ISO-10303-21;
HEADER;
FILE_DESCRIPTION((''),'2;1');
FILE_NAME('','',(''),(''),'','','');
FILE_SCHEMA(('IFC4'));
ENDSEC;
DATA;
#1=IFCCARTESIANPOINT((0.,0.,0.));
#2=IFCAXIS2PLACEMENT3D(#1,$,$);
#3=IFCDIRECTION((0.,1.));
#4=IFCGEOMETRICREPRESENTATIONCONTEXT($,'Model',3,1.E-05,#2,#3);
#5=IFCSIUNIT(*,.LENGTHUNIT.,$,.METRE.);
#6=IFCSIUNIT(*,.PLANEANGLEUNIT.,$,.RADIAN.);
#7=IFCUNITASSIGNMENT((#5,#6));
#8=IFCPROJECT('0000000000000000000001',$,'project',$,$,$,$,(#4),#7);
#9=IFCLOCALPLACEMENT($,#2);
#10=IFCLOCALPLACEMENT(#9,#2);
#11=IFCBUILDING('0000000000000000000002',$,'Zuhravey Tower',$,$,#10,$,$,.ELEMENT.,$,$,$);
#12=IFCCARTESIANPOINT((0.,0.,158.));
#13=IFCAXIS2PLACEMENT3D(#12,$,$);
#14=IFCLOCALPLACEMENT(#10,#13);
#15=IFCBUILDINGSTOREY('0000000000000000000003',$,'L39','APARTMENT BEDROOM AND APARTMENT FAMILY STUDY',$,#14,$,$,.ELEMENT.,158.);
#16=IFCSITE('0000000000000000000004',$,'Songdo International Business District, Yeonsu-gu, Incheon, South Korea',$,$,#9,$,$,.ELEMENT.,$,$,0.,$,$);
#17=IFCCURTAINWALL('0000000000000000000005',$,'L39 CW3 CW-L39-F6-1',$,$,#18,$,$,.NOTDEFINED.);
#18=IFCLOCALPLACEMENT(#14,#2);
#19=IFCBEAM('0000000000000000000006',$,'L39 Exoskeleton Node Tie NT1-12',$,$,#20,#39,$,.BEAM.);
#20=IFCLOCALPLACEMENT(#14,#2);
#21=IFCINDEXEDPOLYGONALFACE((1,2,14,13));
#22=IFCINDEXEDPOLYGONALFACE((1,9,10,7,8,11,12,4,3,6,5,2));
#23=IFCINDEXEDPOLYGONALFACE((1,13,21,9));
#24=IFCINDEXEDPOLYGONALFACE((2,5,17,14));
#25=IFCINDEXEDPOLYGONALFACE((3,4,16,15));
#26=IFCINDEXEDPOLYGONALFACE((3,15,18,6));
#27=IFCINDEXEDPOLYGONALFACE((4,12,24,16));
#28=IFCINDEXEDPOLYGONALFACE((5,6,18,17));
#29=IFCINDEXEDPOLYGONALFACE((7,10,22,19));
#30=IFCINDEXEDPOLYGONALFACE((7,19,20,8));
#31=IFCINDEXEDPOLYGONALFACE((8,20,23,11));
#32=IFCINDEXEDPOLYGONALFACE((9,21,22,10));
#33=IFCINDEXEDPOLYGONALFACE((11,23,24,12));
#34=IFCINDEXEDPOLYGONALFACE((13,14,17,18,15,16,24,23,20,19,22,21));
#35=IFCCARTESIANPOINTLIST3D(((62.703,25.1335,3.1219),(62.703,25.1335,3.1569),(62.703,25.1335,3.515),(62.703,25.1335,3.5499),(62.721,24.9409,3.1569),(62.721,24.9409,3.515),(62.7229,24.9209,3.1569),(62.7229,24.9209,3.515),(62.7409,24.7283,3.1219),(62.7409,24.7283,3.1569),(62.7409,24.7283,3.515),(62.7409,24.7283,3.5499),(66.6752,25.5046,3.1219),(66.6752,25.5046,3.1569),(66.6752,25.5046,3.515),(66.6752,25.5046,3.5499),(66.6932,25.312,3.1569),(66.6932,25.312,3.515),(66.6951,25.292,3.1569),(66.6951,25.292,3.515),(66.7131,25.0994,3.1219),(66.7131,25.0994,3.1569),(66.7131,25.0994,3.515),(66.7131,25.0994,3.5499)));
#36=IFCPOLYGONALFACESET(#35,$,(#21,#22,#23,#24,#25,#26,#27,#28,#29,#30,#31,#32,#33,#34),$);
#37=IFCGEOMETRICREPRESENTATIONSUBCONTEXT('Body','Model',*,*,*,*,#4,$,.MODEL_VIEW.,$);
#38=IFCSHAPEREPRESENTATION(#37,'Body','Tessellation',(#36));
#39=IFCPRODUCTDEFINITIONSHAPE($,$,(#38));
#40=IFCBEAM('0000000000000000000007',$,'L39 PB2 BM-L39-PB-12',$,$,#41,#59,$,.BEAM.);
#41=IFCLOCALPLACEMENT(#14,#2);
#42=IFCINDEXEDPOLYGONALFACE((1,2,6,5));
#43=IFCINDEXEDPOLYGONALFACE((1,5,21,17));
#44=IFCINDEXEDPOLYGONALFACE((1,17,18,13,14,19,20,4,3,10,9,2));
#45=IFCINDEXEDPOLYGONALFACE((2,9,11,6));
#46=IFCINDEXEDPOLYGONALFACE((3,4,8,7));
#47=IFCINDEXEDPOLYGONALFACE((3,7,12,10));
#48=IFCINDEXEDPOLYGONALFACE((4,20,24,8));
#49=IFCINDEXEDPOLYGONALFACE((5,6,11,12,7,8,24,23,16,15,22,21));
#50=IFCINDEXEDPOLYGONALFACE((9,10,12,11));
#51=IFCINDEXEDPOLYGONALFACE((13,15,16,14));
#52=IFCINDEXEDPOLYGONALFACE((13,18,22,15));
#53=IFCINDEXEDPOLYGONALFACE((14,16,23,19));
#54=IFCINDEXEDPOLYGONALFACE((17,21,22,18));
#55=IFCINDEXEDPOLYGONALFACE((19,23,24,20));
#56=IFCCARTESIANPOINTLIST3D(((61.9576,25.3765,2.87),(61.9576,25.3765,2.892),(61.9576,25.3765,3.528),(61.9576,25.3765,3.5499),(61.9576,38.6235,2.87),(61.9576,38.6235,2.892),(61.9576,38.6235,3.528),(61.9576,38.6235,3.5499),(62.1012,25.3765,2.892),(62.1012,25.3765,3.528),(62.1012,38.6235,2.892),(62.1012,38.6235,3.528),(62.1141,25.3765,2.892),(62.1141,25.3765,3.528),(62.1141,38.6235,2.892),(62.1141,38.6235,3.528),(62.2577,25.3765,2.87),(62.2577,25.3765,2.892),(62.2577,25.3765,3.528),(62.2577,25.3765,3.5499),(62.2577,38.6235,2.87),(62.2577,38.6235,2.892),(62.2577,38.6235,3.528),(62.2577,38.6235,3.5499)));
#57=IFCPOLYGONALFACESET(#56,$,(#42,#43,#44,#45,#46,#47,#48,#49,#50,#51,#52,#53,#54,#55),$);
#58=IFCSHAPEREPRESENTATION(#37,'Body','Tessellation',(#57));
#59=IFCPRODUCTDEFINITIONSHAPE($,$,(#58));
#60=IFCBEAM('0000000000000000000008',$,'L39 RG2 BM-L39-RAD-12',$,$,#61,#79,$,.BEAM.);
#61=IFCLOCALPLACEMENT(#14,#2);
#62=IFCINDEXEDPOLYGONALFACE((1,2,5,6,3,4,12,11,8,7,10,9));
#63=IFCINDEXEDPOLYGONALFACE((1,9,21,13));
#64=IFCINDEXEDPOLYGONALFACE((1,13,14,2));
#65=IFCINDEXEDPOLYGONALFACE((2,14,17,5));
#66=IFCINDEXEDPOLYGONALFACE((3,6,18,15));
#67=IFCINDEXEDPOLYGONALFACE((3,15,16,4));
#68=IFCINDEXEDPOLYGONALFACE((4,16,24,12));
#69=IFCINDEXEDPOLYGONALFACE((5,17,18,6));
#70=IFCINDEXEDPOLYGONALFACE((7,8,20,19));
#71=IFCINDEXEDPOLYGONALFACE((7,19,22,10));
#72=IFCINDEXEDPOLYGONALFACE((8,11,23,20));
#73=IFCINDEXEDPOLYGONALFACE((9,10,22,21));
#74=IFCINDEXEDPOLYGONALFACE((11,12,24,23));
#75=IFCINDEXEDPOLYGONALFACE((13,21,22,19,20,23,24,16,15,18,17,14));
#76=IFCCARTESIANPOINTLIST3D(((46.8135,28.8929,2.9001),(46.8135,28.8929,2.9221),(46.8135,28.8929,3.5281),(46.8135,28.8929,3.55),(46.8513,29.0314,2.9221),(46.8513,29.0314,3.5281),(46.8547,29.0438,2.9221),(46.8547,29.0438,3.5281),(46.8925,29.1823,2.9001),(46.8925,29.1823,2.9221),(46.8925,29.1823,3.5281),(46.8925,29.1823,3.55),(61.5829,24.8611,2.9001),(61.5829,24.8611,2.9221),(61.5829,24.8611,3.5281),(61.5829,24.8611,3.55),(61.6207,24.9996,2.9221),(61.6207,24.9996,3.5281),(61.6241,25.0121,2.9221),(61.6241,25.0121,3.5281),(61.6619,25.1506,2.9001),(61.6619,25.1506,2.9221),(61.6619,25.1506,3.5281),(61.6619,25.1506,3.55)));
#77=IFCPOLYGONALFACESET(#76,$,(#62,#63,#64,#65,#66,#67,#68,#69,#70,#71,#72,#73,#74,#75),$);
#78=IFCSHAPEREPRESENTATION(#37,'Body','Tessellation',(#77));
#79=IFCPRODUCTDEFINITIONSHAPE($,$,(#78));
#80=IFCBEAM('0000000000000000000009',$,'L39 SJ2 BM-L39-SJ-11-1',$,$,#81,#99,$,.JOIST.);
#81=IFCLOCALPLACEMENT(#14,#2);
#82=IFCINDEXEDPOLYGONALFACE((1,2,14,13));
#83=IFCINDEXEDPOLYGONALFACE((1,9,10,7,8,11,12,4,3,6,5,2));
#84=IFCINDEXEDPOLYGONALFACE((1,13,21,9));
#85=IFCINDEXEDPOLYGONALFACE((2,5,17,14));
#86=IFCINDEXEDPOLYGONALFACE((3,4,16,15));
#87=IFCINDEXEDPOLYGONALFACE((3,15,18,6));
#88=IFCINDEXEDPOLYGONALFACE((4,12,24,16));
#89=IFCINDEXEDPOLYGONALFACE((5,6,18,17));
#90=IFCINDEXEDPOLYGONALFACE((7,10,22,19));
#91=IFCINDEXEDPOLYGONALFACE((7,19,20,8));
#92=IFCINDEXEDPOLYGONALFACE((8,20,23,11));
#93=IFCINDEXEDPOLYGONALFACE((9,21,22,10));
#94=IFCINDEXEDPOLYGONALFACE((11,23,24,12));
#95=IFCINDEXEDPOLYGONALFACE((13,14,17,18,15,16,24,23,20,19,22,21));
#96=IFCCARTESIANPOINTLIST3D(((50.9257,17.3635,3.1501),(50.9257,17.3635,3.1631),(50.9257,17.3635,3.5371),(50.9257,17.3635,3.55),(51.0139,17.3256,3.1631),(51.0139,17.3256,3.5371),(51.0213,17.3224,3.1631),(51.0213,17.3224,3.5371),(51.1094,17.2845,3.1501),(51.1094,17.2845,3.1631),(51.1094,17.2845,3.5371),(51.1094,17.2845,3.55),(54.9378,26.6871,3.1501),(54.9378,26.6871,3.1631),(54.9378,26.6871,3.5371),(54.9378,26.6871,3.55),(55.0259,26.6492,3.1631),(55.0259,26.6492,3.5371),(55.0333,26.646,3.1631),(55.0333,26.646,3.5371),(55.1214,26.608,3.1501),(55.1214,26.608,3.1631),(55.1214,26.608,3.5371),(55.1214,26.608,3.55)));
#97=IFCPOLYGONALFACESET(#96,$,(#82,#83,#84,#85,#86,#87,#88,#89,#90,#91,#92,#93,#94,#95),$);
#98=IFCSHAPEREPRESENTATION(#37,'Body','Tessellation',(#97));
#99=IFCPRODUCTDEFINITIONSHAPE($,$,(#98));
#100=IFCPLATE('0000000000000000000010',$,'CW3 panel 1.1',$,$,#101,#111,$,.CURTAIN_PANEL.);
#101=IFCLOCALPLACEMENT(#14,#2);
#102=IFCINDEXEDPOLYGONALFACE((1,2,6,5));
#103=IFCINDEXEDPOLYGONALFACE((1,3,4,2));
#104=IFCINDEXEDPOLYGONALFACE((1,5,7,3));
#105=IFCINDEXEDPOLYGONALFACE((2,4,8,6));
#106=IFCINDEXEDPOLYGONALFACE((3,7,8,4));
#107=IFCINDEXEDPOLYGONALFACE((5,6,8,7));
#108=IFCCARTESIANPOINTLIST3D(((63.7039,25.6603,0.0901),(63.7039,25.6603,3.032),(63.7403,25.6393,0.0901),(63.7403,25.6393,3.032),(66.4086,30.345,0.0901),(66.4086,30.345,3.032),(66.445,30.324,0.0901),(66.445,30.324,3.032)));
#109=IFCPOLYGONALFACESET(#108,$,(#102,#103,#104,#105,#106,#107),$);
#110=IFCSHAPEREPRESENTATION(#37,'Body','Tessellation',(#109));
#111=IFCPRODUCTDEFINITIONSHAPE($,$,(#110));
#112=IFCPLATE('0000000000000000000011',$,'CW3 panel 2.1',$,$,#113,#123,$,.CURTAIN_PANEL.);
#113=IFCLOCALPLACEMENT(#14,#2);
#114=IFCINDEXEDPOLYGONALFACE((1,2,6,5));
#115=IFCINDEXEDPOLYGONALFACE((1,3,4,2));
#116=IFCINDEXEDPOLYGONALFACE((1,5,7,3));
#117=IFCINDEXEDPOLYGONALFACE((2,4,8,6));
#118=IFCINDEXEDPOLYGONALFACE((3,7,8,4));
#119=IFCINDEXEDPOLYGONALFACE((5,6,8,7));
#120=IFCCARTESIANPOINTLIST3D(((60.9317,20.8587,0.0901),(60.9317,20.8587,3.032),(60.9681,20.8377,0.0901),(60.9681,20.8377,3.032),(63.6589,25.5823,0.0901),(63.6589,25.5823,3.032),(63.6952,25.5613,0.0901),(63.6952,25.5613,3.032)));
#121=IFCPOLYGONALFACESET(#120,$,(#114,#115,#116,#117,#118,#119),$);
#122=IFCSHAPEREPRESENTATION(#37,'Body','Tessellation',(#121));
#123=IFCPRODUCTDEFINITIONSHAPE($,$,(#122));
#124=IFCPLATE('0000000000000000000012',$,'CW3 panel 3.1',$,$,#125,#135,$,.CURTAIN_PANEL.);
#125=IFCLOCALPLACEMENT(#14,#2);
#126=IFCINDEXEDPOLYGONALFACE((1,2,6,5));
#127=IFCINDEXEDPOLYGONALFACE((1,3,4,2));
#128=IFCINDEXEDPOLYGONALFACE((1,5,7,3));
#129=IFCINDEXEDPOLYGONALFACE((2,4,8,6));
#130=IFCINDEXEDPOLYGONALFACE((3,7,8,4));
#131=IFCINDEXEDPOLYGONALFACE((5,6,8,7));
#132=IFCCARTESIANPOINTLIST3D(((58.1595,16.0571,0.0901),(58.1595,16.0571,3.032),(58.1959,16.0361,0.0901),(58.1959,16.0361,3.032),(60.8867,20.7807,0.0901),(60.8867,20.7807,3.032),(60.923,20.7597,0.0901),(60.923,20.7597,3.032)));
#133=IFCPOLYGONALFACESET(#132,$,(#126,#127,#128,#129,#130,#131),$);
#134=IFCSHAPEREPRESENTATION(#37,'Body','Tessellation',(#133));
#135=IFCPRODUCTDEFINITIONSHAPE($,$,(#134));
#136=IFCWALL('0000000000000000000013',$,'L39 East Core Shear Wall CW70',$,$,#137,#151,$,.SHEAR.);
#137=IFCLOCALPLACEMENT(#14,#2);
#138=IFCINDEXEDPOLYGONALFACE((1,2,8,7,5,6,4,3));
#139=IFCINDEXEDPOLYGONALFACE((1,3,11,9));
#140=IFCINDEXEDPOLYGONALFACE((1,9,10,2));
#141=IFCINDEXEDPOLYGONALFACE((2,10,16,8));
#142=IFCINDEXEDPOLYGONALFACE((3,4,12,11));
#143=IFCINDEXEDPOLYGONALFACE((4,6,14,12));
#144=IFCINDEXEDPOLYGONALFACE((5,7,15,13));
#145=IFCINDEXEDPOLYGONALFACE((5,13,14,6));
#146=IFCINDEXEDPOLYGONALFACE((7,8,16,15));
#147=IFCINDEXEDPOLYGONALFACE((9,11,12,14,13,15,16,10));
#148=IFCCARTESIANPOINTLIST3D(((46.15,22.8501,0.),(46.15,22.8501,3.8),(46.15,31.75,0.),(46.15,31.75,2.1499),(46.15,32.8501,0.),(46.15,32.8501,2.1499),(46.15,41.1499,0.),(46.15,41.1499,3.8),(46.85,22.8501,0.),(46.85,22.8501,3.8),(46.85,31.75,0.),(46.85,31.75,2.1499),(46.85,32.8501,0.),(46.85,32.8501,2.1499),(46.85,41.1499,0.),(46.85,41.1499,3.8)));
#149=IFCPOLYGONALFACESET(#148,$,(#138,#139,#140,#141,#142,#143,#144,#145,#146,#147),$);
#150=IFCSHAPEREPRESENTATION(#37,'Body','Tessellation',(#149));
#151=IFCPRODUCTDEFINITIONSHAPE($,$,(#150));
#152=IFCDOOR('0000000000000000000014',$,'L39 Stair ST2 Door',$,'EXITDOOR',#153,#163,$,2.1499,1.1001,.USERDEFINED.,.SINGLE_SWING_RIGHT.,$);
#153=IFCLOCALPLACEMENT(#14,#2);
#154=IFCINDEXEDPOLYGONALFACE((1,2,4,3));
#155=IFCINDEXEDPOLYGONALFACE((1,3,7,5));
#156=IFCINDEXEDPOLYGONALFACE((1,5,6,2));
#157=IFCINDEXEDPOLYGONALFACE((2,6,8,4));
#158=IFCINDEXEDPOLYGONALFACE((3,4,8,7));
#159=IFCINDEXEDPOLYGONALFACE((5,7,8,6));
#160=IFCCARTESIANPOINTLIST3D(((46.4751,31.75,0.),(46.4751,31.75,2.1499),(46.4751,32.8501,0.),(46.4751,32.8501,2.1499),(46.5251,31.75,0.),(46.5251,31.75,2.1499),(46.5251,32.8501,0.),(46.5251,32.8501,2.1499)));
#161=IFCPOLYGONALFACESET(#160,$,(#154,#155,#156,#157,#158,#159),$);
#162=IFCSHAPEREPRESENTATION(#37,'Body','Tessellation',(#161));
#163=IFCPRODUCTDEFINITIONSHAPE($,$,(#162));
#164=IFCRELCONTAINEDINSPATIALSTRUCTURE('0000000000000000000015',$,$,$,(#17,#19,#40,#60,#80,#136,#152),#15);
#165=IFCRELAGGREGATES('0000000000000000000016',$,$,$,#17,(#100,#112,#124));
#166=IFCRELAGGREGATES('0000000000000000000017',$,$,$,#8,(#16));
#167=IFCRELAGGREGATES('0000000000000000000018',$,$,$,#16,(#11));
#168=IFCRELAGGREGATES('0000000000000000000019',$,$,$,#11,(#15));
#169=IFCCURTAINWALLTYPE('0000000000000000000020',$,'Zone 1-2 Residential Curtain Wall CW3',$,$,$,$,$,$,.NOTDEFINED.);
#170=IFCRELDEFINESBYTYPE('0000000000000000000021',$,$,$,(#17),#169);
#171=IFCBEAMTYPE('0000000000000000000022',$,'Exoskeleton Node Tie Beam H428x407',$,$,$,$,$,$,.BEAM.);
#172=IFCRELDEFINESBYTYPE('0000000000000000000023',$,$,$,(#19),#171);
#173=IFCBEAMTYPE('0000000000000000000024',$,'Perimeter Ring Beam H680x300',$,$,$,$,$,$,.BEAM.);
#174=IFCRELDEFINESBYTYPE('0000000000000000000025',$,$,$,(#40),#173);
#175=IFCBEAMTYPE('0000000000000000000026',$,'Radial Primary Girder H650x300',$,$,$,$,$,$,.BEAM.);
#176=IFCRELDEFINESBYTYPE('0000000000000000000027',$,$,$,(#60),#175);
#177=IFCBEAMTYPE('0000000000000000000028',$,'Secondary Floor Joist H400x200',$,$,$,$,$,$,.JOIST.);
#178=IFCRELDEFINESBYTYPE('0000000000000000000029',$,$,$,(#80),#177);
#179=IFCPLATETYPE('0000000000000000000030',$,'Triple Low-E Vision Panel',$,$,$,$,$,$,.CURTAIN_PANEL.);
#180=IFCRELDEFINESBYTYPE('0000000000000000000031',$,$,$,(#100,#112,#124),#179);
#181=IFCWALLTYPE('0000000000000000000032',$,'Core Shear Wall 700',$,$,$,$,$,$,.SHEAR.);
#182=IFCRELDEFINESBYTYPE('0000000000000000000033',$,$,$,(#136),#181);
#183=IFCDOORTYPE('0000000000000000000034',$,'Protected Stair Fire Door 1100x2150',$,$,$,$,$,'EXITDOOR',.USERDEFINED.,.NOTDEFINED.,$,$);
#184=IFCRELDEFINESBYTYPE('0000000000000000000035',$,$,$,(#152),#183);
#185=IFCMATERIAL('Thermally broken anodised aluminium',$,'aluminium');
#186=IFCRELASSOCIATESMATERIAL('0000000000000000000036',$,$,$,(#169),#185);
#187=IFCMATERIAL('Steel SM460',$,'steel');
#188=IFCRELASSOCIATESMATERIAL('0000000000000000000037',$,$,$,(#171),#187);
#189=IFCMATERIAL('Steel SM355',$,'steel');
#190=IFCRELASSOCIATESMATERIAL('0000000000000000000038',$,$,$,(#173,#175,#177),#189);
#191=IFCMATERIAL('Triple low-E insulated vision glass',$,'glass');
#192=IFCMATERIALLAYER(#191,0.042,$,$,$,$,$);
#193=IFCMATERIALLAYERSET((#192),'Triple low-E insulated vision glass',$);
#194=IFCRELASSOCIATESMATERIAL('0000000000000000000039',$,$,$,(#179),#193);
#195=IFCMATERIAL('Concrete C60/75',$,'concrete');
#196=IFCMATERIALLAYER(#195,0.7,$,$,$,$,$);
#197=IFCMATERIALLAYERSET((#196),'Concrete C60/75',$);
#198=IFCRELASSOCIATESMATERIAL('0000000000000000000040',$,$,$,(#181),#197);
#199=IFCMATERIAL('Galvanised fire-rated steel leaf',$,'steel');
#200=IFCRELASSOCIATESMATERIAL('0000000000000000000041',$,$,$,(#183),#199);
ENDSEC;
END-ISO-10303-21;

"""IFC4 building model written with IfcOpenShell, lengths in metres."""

from ifc_helpers import new_model, si_unit, direction, frame, frame_2d, origin, origin_2d, place, context, subcontext, project, spatial, rectangle, i_section, extrude, material, layer, layer_set, material_profile, profile_set, type_object, element, fill, aggregate, save


model = new_model("IFC4")

# Units and contexts
model_context = context("Model", 3, precision=1e-05, world=origin(), true_north=direction((0.0, 1.0)))
body_context = subcontext(model_context, "Body", "Model", "MODEL_VIEW")
ifc_project = project(units=[si_unit("LENGTHUNIT", "METRE"), si_unit("PLANEANGLEUNIT", "RADIAN")], contexts=[model_context])

# Site, building, storey
site_placement = place(None, origin())
site = spatial("IfcSite", under=ifc_project, at=site_placement, Name="Songdo International Business District, Yeonsu-gu, Incheon, South Korea", CompositionType="ELEMENT", RefElevation=0.0)
building_placement = place(site_placement, origin())
building = spatial("IfcBuilding", under=site, at=building_placement, Name="Zuhravey Tower", CompositionType="ELEMENT")
storey_placement = place(building_placement, frame((0.0, 0.0, 158.0)))
storey = spatial("IfcBuildingStorey", under=building, at=storey_placement, Name="L39", Description="APARTMENT BEDROOM AND APARTMENT FAMILY STUDY", CompositionType="ELEMENT", Elevation=158.0)

# Shared definitions
ifc_material_1 = material(Name="Concrete C60/75", Category="concrete")

# Curtain wall
ifc_material_2 = material(Name="Thermally broken anodised aluminium", Category="aluminium")
curtain_wall_type = type_object("IfcCurtainWallType", Name="Zone 1-2 Residential Curtain Wall CW3", PredefinedType="NOTDEFINED", material=ifc_material_2)
curtain_wall_placement = place(storey_placement, origin())
curtain_wall = element("IfcCurtainWall", 1, at=curtain_wall_placement, inside=storey, type_object=curtain_wall_type, Name="L39 CW3 CW-L39-F6-1", PredefinedType="NOTDEFINED")

# Beams
ifc_material_3 = material(Name="Steel SM460", Category="steel")
ifc_material_profile_1 = material_profile(ifc_material_3, i_section(OverallWidth=0.407, OverallDepth=0.428, WebThickness=0.02, FlangeThickness=0.0349, at=origin_2d()), Name="H-428x407x20x35")
ifc_profile_set_1 = profile_set([ifc_material_profile_1], Name="Steel SM460")
beam_type_1 = type_object("IfcBeamType", Name="Exoskeleton Node Tie Beam H428x407", PredefinedType="BEAM", material=ifc_profile_set_1)
beam_1_placement = place(storey_placement, frame((62.7219, 24.9309, 3.3359), z_axis=(0.995664, 0.093018, 0.0), x_axis=(-0.093018, 0.995664, 0.0)))
element("IfcBeam", 2, at=beam_1_placement, inside=storey, type_object=beam_type_1, Name="L39 Exoskeleton Node Tie NT1-12", PredefinedType="BEAM", context=body_context, shape_type="SweptSolid", body=[
    extrude(i_section(OverallWidth=0.407, OverallDepth=0.428, WebThickness=0.02, FlangeThickness=0.0349, at=origin_2d()), origin(), (0.0, 0.0, 1.0), 3.9895),
])
ifc_material_4 = material(Name="Steel SM355", Category="steel")
ifc_material_profile_2 = material_profile(ifc_material_4, i_section(OverallWidth=0.3, OverallDepth=0.6799, WebThickness=0.0129, FlangeThickness=0.022, at=origin_2d()), Name="H-680x300x13x22")
ifc_profile_set_2 = profile_set([ifc_material_profile_2], Name="Steel SM355")
beam_type_2 = type_object("IfcBeamType", Name="Perimeter Ring Beam H680x300", PredefinedType="BEAM", material=ifc_profile_set_2)
beam_2_placement = place(storey_placement, frame((62.1077, 25.3765, 3.21), z_axis=(0.0, 1.0, 0.0), x_axis=(-1.0, 0.0, 0.0)))
element("IfcBeam", 3, at=beam_2_placement, inside=storey, type_object=beam_type_2, Name="L39 PB2 BM-L39-PB-12", PredefinedType="BEAM", context=body_context, shape_type="SweptSolid", body=[
    extrude(i_section(OverallWidth=0.3, OverallDepth=0.6799, WebThickness=0.0129, FlangeThickness=0.022, at=origin_2d()), origin(), (0.0, 0.0, 1.0), 13.2471),
])
ifc_material_profile_3 = material_profile(ifc_material_4, i_section(OverallWidth=0.3, OverallDepth=0.6499, WebThickness=0.0129, FlangeThickness=0.022, at=origin_2d()), Name="H-650x300x13x22")
ifc_profile_set_3 = profile_set([ifc_material_profile_3], Name="Steel SM355")
beam_type_3 = type_object("IfcBeamType", Name="Radial Primary Girder H650x300", PredefinedType="BEAM", material=ifc_profile_set_3)
beam_3_placement = place(storey_placement, frame((46.853, 29.0376, 3.2251), z_axis=(0.964702, -0.263345, 0.0), x_axis=(0.263345, 0.964702, 0.0)))
element("IfcBeam", 4, at=beam_3_placement, inside=storey, type_object=beam_type_3, Name="L39 RG2 BM-L39-RAD-12", PredefinedType="BEAM", context=body_context, shape_type="SweptSolid", body=[
    extrude(i_section(OverallWidth=0.3, OverallDepth=0.6499, WebThickness=0.0129, FlangeThickness=0.022, at=origin_2d()), origin(), (0.0, 0.0, 1.0), 15.3098),
])
ifc_material_profile_4 = material_profile(ifc_material_4, i_section(OverallWidth=0.2, OverallDepth=0.3999, WebThickness=0.0081, FlangeThickness=0.0129, at=origin_2d()), Name="H-400x200x8x13")
ifc_profile_set_4 = profile_set([ifc_material_profile_4], Name="Steel SM355")
beam_type_4 = type_object("IfcBeamType", Name="Secondary Floor Joist H400x200", PredefinedType="JOIST", material=ifc_profile_set_4)
beam_4_placement = place(storey_placement, frame((51.0176, 17.324, 3.3501), z_axis=(0.395266, 0.918567, 0.0), x_axis=(-0.918567, 0.395266, 0.0)))
element("IfcBeam", 5, at=beam_4_placement, inside=storey, type_object=beam_type_4, Name="L39 SJ2 BM-L39-SJ-11-1", PredefinedType="JOIST", context=body_context, shape_type="SweptSolid", body=[
    extrude(i_section(OverallWidth=0.2, OverallDepth=0.3999, WebThickness=0.0081, FlangeThickness=0.0129, at=origin_2d()), origin(), (0.0, 0.0, 1.0), 10.1501),
])

# Plates
ifc_material_5 = material(Name="Triple low-E insulated vision glass", Category="glass")
ifc_layer_1 = layer(ifc_material_5, 0.042)
ifc_layer_set_1 = layer_set([ifc_layer_1], Name="Triple low-E insulated vision glass")
plate_type = type_object("IfcPlateType", Name="Triple Low-E Vision Panel", PredefinedType="CURTAIN_PANEL", material=ifc_layer_set_1)
plate_1_placement = place(storey_placement, frame((65.0745, 27.9922, 0.0901), z_axis=(0.0, 0.0, 1.0), x_axis=(-0.5, -0.866025, 0.0)))
plate_1 = element("IfcPlate", 6, at=plate_1_placement, type_object=plate_type, Name="CW3 panel 1.1", PredefinedType="CURTAIN_PANEL", context=body_context, shape_type="SweptSolid", body=[
    extrude(rectangle(XDim=5.4094, YDim=0.042, at=origin_2d()), origin(), (0.0, 0.0, 1.0), 2.9419),
])
plate_2_placement = place(storey_placement, frame((62.3135, 23.21, 0.0901), z_axis=(0.0, 0.0, 1.0), x_axis=(-0.5, -0.866025, 0.0)))
plate_2 = element("IfcPlate", 7, at=plate_2_placement, type_object=plate_type, Name="CW3 panel 2.1", PredefinedType="CURTAIN_PANEL", context=body_context, shape_type="SweptSolid", body=[
    extrude(rectangle(XDim=5.4543, YDim=0.042, at=origin_2d()), origin(), (0.0, 0.0, 1.0), 2.9419),
])
plate_3_placement = place(storey_placement, frame((59.5413, 18.4084, 0.0901), z_axis=(0.0, 0.0, 1.0), x_axis=(-0.5, -0.866025, 0.0)))
plate_3 = element("IfcPlate", 8, at=plate_3_placement, type_object=plate_type, Name="CW3 panel 3.1", PredefinedType="CURTAIN_PANEL", context=body_context, shape_type="SweptSolid", body=[
    extrude(rectangle(XDim=5.4543, YDim=0.042, at=origin_2d()), origin(), (0.0, 0.0, 1.0), 2.9419),
])
aggregate(curtain_wall, [plate_1, plate_2, plate_3])

# Wall, opening, door
ifc_layer_2 = layer(ifc_material_1, 0.7)
ifc_layer_set_2 = layer_set([ifc_layer_2], Name="Concrete C60/75")
wall_type_1 = type_object("IfcWallType", Name="Core Shear Wall 700", PredefinedType="SHEAR", material=ifc_layer_set_2)
wall_1_placement = place(storey_placement, frame((46.5, 22.8501, 0.0), z_axis=(0.0, 0.0, 1.0), x_axis=(0.0, 1.0, 0.0)))
wall_1 = element("IfcWall", 9, at=wall_1_placement, inside=storey, type_object=wall_type_1, Name="L39 East Core Shear Wall CW70", PredefinedType="SHEAR", context=body_context, shape_type="SweptSolid", body=[
    extrude(rectangle(XDim=18.2998, YDim=0.7, at=frame_2d((9.1499, 0.0))), origin(), (0.0, 0.0, 1.0), 3.8),
])
opening_1_placement = place(wall_1_placement, frame((8.8999, 0.0, 0.0)))
opening_1 = element("IfcOpeningElement", 10, at=opening_1_placement, cuts=wall_1, PredefinedType="OPENING", context=body_context, shape_type="SweptSolid", body=[
    extrude(rectangle(XDim=1.1001, YDim=2.1499, at=frame_2d((0.55, 1.075))), frame((0.0, 0.3621, 0.0), z_axis=(0.0, -1.0, 0.0), x_axis=(1.0, 0.0, 0.0)), (0.0, 0.0, 1.0), 0.7239),
])
ifc_material_6 = material(Name="Galvanised fire-rated steel leaf", Category="steel")
door_type_1 = type_object("IfcDoorType", Name="Protected Stair Fire Door 1100x2150", ElementType="EXITDOOR", OperationType="NOTDEFINED", PredefinedType="USERDEFINED", material=ifc_material_6)
door_1_placement = place(opening_1_placement, origin())
door_1 = element("IfcDoor", 11, at=door_1_placement, inside=storey, type_object=door_type_1, Name="L39 Stair ST2 Door", ObjectType="EXITDOOR", OperationType="SINGLE_SWING_RIGHT", OverallHeight=2.1499, OverallWidth=1.1001, PredefinedType="USERDEFINED", context=body_context, shape_type="SweptSolid", body=[
    extrude(rectangle(XDim=1.1001, YDim=2.1499, at=frame_2d((0.55, 1.075))), frame((0.0, 0.0249, 0.0), z_axis=(0.0, -1.0, 0.0), x_axis=(1.0, 0.0, 0.0)), (0.0, 0.0, 1.0), 0.05),
])
fill(opening_1, door_1)

save(model, "model.ifc")
